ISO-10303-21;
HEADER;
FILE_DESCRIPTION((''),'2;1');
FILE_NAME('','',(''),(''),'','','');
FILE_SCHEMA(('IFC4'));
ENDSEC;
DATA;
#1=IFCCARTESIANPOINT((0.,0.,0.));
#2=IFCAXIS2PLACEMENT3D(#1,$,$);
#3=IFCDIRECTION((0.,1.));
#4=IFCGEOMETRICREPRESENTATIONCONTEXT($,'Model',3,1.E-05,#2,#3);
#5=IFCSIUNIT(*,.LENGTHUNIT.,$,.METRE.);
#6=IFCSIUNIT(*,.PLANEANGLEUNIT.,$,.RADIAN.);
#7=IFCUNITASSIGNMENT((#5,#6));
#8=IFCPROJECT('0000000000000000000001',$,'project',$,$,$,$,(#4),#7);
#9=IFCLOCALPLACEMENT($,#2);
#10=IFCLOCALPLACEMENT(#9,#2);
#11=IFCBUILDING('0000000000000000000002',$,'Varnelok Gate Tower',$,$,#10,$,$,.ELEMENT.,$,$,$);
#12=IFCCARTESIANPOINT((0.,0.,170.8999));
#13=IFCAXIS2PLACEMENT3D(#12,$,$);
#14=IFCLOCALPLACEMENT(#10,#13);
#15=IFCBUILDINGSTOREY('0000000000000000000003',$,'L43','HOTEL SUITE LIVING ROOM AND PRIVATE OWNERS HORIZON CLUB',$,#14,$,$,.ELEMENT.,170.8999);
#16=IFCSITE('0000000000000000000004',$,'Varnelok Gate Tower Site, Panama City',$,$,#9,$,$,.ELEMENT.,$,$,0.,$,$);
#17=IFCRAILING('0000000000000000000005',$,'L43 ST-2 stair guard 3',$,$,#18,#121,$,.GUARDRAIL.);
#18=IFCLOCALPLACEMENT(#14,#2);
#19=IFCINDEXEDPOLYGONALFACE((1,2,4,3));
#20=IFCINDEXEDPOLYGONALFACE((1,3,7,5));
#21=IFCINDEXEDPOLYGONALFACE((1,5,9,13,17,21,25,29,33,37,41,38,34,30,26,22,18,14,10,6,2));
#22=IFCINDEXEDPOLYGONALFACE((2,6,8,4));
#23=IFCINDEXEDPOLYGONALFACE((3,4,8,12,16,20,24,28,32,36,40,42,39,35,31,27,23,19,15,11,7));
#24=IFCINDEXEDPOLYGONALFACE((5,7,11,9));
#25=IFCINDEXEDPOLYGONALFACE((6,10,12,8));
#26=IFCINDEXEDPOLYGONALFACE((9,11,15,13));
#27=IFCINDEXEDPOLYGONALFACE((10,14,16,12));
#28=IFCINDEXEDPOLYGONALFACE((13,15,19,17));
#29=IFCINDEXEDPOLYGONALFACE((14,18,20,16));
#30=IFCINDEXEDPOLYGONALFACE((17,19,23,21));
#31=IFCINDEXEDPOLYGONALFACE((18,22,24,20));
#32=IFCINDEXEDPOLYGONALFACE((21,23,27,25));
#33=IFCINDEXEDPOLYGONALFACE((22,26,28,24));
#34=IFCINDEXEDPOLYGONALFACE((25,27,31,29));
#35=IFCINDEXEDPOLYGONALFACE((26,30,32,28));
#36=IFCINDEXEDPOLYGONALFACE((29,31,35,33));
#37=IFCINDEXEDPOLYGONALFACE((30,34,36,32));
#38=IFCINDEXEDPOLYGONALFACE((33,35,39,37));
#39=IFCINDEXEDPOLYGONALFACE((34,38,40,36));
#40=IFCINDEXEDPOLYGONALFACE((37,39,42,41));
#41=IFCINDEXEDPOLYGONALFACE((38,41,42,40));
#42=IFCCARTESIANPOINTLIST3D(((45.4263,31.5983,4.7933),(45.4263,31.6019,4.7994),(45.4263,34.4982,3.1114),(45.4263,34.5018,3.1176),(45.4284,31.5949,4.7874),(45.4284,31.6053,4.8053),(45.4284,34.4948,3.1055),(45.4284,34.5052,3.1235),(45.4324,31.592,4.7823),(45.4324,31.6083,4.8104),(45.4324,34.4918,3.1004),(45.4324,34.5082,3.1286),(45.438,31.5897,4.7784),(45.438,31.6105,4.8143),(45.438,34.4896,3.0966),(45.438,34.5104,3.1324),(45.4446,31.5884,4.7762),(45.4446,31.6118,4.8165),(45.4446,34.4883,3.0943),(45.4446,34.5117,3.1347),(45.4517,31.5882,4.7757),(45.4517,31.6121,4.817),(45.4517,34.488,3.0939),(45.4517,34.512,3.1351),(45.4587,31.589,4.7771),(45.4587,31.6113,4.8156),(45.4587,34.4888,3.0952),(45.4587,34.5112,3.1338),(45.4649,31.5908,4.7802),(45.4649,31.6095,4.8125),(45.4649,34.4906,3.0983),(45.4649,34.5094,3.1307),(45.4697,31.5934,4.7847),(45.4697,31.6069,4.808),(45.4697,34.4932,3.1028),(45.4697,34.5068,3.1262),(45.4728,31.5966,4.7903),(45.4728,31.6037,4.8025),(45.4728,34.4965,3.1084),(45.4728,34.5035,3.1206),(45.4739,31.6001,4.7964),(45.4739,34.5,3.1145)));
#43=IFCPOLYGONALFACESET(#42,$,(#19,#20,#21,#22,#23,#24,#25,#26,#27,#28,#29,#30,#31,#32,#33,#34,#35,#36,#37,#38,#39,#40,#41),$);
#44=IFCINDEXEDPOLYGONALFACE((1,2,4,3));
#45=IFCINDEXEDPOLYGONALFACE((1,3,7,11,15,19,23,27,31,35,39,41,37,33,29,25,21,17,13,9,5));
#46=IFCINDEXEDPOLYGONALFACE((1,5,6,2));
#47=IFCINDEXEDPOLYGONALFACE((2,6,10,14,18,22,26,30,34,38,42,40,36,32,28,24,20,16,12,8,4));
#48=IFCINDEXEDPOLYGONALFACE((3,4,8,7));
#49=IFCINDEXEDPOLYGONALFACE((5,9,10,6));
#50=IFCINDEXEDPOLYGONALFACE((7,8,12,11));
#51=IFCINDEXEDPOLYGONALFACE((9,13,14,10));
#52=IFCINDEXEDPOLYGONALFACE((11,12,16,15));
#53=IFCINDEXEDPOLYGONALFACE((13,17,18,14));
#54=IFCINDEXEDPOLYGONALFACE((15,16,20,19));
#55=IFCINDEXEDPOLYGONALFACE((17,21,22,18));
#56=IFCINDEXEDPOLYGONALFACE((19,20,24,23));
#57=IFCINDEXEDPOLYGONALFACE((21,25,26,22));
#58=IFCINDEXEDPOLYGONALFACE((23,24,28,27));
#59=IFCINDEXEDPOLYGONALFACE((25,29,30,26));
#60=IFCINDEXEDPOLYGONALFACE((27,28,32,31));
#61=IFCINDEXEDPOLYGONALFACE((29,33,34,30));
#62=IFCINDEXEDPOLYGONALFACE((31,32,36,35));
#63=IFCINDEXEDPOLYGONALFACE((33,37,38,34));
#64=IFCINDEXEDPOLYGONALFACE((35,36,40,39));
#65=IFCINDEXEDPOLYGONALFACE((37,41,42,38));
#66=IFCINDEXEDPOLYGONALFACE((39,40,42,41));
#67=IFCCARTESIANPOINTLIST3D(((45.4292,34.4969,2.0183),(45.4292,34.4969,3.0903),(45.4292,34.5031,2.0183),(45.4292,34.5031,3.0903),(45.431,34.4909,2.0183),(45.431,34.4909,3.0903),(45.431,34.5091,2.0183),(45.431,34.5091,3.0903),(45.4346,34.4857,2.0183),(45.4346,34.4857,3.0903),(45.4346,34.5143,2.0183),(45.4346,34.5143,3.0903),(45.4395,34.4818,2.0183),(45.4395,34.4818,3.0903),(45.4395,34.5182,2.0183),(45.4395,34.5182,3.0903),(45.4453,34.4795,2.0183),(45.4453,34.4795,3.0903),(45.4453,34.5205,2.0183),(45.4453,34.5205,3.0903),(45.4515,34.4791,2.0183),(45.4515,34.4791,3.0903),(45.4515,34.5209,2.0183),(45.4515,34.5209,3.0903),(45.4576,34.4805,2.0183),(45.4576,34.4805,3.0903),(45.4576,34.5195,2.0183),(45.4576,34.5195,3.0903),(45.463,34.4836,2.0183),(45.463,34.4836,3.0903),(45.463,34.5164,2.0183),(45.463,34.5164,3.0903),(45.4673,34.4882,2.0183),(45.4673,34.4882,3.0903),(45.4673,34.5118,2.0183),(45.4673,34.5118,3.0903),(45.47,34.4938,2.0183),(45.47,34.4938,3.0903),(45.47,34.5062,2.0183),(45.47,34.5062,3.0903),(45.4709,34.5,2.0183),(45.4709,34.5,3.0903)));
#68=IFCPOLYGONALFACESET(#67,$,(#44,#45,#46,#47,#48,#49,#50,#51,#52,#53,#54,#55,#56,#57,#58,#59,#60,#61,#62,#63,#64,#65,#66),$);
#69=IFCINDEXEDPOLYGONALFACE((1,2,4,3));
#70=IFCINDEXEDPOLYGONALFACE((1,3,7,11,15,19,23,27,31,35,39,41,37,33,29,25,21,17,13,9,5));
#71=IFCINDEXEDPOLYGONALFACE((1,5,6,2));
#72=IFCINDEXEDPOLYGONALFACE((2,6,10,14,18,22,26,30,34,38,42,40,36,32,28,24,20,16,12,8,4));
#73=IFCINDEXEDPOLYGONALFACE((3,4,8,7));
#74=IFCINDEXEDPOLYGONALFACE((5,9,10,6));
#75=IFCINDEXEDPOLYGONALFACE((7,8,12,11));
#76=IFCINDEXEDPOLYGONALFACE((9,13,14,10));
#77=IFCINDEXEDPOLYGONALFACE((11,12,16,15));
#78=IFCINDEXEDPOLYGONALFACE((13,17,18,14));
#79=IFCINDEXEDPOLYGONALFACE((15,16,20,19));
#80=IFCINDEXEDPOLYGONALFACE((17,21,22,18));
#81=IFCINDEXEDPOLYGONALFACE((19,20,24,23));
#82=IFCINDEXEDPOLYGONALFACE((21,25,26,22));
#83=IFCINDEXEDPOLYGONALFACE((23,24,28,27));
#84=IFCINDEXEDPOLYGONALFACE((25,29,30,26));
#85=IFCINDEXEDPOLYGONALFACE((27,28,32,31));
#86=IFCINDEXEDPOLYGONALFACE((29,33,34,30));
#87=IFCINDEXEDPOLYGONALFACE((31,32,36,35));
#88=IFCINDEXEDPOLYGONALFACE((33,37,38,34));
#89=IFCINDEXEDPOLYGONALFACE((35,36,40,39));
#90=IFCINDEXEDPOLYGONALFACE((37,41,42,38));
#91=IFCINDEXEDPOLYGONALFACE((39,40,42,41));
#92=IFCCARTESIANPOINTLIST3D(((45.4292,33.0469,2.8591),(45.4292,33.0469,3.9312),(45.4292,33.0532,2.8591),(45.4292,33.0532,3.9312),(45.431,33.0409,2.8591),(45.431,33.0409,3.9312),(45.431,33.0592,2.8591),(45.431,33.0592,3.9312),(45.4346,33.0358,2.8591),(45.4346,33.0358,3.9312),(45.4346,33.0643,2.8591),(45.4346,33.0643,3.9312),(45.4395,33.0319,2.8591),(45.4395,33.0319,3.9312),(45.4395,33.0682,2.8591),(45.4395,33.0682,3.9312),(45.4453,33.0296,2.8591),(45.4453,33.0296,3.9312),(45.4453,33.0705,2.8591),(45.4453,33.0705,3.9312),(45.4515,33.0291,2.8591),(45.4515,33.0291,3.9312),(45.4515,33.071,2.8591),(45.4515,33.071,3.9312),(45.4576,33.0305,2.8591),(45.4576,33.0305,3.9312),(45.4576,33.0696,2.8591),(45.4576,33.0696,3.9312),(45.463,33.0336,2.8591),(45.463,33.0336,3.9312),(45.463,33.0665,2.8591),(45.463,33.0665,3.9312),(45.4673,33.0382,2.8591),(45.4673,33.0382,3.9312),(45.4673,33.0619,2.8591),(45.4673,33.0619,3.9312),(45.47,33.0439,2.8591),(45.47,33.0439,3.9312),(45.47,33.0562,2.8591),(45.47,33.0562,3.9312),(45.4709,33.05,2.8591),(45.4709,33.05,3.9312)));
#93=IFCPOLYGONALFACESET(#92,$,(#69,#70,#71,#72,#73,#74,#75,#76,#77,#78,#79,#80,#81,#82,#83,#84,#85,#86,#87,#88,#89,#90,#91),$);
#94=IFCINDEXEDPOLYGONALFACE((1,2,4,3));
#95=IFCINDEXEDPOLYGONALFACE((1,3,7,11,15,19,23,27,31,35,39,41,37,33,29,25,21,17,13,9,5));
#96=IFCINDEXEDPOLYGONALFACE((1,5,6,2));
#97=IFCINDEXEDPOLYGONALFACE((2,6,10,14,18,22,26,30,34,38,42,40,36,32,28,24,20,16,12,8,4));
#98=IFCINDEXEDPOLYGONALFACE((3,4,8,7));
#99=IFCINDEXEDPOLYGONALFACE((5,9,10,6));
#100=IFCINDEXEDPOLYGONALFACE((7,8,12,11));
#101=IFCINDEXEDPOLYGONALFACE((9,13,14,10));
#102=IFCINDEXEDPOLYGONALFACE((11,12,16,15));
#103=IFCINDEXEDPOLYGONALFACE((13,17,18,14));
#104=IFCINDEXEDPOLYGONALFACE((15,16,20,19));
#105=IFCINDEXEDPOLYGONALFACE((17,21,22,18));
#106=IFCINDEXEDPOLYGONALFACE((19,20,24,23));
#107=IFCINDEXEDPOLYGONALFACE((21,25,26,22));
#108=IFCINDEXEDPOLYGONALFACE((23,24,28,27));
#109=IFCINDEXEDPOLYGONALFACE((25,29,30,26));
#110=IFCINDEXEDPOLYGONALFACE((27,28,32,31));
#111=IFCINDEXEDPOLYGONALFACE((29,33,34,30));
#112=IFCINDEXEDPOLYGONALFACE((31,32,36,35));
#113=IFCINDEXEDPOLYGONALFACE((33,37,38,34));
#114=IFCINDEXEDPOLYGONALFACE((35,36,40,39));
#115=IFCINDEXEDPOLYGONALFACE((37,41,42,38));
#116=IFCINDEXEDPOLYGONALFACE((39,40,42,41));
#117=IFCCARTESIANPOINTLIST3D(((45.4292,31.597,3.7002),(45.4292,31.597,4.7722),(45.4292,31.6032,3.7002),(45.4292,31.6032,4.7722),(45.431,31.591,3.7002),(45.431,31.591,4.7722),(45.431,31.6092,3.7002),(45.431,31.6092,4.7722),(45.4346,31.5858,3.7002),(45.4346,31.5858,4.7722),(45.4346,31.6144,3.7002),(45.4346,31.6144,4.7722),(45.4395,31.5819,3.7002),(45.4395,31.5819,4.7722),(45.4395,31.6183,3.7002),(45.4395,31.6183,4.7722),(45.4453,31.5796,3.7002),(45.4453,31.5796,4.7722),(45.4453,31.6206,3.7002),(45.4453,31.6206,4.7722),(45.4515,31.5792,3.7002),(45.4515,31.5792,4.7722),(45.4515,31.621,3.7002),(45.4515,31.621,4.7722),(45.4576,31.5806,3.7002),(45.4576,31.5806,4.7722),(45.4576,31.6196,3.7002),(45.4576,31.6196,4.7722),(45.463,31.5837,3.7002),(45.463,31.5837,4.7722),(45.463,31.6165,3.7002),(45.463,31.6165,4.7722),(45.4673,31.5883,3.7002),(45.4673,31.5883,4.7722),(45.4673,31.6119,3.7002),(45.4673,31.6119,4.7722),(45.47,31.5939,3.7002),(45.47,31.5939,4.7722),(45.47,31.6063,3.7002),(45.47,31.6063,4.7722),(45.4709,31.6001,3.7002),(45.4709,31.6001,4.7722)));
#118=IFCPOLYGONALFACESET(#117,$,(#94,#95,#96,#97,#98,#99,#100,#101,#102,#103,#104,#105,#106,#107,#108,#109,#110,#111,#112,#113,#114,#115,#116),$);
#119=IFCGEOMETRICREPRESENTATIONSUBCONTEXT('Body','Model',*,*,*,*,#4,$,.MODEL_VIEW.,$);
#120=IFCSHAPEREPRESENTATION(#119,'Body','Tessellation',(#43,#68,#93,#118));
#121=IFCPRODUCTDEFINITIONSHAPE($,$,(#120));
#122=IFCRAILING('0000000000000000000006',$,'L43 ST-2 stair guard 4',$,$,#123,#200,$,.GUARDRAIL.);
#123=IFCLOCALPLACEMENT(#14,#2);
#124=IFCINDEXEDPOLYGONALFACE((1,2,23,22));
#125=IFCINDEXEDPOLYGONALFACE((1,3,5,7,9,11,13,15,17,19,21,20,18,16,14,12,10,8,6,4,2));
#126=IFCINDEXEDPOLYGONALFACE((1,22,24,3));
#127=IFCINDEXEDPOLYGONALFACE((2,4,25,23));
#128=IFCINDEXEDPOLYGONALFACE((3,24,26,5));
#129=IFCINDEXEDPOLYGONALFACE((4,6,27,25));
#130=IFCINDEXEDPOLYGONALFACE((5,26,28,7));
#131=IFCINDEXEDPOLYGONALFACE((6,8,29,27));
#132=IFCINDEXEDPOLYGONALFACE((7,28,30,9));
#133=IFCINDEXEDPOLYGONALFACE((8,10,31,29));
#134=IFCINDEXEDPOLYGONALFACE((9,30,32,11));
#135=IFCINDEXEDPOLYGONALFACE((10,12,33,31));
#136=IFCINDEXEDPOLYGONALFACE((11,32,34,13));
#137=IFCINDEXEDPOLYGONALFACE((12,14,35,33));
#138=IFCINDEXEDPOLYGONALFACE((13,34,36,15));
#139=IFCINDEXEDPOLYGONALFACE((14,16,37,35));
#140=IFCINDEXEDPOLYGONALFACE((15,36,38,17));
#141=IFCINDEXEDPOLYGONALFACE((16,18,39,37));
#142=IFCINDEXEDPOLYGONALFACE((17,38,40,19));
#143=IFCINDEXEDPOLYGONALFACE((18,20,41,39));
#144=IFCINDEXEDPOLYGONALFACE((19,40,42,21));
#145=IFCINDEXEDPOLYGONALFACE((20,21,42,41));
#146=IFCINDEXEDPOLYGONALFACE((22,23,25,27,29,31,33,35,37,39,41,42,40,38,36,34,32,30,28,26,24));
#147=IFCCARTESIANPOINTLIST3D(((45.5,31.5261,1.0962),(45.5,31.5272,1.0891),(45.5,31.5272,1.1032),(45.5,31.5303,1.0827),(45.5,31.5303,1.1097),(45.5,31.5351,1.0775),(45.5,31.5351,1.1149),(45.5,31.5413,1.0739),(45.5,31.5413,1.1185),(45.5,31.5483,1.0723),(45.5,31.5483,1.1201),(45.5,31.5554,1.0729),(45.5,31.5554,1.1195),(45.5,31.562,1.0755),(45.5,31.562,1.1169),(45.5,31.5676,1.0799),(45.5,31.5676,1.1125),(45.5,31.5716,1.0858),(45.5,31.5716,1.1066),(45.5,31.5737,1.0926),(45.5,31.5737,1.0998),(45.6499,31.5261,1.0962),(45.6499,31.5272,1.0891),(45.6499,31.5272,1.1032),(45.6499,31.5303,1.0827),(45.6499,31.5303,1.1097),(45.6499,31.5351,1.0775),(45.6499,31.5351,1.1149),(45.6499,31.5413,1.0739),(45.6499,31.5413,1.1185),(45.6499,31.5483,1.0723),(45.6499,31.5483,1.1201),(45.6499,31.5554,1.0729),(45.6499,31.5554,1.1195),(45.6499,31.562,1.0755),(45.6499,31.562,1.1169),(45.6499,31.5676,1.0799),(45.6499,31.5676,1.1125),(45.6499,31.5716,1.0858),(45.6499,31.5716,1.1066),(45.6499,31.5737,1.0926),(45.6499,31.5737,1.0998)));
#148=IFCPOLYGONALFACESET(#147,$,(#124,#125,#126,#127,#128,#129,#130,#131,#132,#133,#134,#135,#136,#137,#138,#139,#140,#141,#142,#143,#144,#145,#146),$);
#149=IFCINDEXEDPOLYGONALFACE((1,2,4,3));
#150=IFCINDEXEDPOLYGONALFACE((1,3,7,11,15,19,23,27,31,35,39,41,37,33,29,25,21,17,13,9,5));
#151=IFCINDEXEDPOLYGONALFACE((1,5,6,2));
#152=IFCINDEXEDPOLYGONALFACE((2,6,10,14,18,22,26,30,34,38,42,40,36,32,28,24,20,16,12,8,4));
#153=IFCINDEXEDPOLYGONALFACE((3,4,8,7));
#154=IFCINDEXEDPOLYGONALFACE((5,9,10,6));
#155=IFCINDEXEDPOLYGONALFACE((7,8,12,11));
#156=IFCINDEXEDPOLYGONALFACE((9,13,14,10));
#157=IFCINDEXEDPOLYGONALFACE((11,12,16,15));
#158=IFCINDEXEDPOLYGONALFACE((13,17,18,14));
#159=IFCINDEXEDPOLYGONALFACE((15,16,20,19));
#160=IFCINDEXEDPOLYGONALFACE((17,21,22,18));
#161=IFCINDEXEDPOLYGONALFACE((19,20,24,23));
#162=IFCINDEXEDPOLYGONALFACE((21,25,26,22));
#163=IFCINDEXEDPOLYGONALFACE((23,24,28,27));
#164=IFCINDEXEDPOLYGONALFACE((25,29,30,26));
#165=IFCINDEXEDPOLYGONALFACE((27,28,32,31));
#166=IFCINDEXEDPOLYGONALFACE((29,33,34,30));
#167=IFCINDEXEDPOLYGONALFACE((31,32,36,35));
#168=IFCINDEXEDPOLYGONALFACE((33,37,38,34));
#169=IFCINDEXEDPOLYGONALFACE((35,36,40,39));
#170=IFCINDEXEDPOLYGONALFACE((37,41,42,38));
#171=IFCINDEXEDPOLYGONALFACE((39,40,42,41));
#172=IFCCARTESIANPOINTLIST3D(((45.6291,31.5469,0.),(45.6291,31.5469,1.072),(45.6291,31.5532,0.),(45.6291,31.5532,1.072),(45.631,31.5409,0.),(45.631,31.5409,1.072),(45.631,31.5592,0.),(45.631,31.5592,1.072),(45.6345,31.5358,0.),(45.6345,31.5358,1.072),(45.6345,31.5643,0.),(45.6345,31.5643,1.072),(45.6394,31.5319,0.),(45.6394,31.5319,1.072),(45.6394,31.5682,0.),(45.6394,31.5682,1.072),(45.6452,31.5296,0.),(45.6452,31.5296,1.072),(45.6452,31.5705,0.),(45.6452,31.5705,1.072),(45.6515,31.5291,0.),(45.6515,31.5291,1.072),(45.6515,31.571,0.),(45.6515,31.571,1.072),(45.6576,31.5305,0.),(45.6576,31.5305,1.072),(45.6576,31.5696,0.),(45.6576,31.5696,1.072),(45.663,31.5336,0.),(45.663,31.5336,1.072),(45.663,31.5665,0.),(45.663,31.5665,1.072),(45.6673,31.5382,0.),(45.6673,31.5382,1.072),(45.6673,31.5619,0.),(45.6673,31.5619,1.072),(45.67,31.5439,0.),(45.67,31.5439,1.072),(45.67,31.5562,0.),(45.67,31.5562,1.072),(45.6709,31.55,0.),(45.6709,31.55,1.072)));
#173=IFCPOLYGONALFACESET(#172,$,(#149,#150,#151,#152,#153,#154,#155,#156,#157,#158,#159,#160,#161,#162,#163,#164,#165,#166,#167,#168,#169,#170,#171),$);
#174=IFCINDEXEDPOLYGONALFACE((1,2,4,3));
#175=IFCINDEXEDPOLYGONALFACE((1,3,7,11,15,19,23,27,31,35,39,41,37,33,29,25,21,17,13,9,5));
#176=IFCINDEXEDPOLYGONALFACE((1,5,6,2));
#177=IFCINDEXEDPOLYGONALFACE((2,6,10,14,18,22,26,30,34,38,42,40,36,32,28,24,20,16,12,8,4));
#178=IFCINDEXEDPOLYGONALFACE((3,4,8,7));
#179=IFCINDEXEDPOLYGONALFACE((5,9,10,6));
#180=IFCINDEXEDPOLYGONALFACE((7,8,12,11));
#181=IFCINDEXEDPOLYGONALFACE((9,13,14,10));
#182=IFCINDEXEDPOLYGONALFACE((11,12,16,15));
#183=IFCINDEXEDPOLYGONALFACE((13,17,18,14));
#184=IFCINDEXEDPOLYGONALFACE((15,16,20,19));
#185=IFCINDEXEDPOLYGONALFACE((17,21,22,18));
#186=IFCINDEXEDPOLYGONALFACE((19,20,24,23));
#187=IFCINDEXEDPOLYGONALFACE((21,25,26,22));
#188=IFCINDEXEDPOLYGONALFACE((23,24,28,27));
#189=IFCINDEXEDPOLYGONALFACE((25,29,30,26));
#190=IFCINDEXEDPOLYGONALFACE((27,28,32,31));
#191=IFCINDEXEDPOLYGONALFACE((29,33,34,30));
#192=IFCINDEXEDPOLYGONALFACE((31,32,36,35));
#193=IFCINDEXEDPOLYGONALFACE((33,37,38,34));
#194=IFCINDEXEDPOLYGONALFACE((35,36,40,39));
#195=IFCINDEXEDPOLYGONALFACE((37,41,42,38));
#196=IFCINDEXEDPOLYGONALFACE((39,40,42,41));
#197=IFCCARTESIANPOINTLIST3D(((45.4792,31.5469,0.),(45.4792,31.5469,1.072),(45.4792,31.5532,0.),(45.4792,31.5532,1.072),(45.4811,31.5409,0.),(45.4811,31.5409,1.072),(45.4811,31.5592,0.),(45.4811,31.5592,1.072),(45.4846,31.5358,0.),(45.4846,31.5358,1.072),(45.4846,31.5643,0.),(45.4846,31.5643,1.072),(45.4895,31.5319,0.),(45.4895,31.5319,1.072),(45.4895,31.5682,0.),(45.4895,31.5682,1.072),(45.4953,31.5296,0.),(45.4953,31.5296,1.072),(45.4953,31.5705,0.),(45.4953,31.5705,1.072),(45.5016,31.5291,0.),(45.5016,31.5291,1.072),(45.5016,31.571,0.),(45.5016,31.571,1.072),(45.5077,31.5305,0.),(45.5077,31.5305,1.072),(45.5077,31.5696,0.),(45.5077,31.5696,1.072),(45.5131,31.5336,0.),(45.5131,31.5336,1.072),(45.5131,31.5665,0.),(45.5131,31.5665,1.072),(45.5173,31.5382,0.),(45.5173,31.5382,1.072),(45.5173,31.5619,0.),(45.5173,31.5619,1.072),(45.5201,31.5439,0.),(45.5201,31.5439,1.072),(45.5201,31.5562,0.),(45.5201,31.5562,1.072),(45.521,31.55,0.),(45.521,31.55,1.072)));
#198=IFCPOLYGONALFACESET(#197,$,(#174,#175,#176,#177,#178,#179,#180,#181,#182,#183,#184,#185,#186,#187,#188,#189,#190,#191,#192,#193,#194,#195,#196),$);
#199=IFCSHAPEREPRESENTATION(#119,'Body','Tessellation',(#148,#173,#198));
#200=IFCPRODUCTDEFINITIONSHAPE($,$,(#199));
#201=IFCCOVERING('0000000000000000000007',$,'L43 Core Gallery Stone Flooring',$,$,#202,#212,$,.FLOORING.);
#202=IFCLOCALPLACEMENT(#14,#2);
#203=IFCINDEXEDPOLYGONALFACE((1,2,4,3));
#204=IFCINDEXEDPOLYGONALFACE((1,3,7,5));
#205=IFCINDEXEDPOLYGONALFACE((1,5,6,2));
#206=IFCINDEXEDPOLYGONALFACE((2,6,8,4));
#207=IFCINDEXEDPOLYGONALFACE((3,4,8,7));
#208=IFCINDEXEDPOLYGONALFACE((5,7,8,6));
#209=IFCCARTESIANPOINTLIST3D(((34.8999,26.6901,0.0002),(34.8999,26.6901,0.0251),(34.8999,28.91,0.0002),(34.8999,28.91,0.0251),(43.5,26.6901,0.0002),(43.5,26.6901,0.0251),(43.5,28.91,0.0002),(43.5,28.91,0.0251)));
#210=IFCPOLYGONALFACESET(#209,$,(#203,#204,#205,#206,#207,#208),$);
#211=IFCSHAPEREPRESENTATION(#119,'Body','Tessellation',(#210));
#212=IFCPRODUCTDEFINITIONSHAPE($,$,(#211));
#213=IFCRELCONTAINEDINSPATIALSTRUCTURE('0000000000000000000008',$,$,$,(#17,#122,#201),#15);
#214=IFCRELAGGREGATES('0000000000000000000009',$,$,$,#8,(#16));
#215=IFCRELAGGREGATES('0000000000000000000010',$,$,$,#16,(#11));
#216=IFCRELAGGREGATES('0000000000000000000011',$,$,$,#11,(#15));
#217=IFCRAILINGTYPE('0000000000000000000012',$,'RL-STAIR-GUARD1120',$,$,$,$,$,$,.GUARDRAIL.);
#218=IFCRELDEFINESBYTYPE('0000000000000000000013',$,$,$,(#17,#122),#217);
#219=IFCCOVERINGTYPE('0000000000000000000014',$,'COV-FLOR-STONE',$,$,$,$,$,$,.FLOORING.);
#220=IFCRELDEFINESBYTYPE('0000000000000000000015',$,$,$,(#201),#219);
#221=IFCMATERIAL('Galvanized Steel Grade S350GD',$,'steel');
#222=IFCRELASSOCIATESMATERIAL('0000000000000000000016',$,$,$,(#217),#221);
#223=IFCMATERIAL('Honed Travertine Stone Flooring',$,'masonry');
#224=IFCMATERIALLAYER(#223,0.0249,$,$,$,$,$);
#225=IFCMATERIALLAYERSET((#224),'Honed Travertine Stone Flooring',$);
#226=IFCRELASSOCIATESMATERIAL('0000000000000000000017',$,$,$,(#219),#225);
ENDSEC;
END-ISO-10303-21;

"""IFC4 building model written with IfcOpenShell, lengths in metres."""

from ifc_helpers import new_model, si_unit, direction, frame, origin, origin_2d, place, context, subcontext, project, spatial, rectangle, circle, extrude, source, transform, mapped, material, layer, layer_set, type_object, element, save


model = new_model("IFC4")

# Units and contexts
model_context = context("Model", 3, precision=1e-05, world=origin(), true_north=direction((0.0, 1.0)))
body_context = subcontext(model_context, "Body", "Model", "MODEL_VIEW")
ifc_project = project(units=[si_unit("LENGTHUNIT", "METRE"), si_unit("PLANEANGLEUNIT", "RADIAN")], contexts=[model_context])

# Site, building, storey
site_placement = place(None, origin())
site = spatial("IfcSite", under=ifc_project, at=site_placement, Name="Varnelok Gate Tower Site, Panama City", CompositionType="ELEMENT", RefElevation=0.0)
building_placement = place(site_placement, origin())
building = spatial("IfcBuilding", under=site, at=building_placement, Name="Varnelok Gate Tower", CompositionType="ELEMENT")
storey_placement = place(building_placement, frame((0.0, 0.0, 170.8999)))
storey = spatial("IfcBuildingStorey", under=building, at=storey_placement, Name="L43", Description="HOTEL SUITE LIVING ROOM AND PRIVATE OWNERS HORIZON CLUB", CompositionType="ELEMENT", Elevation=170.8999)

# Shared definitions
ifc_material_1 = material(Name="Galvanized Steel Grade S350GD", Category="steel")

# Railings
railing_type_1 = type_object("IfcRailingType", Name="RL-STAIR-GUARD1120", PredefinedType="GUARDRAIL", material=ifc_material_1)
railing_1_placement = place(storey_placement, frame((45.45, 34.5, 2.0183)))
element("IfcRailing", 1, at=railing_1_placement, inside=storey, type_object=railing_type_1, Name="L43 ST-2 stair guard 3", PredefinedType="GUARDRAIL", context=body_context, shape_type="SweptSolid", body=[
    extrude(circle(Radius=0.0239, at=origin_2d()), frame((0.0, 0.0, 1.0962), z_axis=(0.0, -0.865039, 0.501705), x_axis=(1.0, 0.0, 0.0)), (0.0, 0.0, 1.0), 3.3523),
    extrude(circle(Radius=0.021, at=origin_2d()), origin(), (0.0, 0.0, 1.0), 1.072),
    extrude(circle(Radius=0.021, at=origin_2d()), frame((0.0, -1.45, 0.8408)), (0.0, 0.0, 1.0), 1.072),
    extrude(circle(Radius=0.021, at=origin_2d()), frame((0.0, -2.8999, 1.6819)), (0.0, 0.0, 1.0), 1.072),
])
railing_2_placement = place(storey_placement, frame((45.6499, 31.55, 0.0)))
element("IfcRailing", 2, at=railing_2_placement, inside=storey, type_object=railing_type_1, Name="L43 ST-2 stair guard 4", PredefinedType="GUARDRAIL", context=body_context, shape_type="SweptSolid", body=[
    extrude(circle(Radius=0.0239, at=origin_2d()), frame((0.0, 0.0, 1.0962), z_axis=(-1.0, 0.0, 0.0), x_axis=(0.0, -1.0, 0.0)), (0.0, 0.0, 1.0), 0.1499),
    extrude(circle(Radius=0.021, at=origin_2d()), origin(), (0.0, 0.0, 1.0), 1.072),
    extrude(circle(Radius=0.021, at=origin_2d()), frame((-0.1499, 0.0, 0.0)), (0.0, 0.0, 1.0), 1.072),
])

# Covering
ifc_material_2 = material(Name="Honed Travertine Stone Flooring", Category="masonry")
ifc_layer_1 = layer(ifc_material_2, 0.0249)
ifc_layer_set_1 = layer_set([ifc_layer_1], Name="Honed Travertine Stone Flooring")
covering_type_1 = type_object("IfcCoveringType", Name="COV-FLOR-STONE", PredefinedType="FLOORING", material=ifc_layer_set_1)
shared_shape_1 = source(origin(), body_context, "Body", "SweptSolid", [
    extrude(rectangle(XDim=8.6001, YDim=2.22, at=origin_2d()), origin(), (0.0, 0.0, 1.0), 0.0249),
])
covering_1_placement = place(storey_placement, frame((39.2, 27.8, 0.0002), z_axis=(0.0, 0.0, 1.0), x_axis=(1.0, 0.0, 0.0)))
element("IfcCovering", 3, at=covering_1_placement, inside=storey, type_object=covering_type_1, Name="L43 Core Gallery Stone Flooring", PredefinedType="FLOORING", context=body_context, shape_type="MappedRepresentation", body=[
    mapped(shared_shape_1, transform((0.0, 0.0, 0.0), scale=1.0)),
])

save(model, "model.ifc")
